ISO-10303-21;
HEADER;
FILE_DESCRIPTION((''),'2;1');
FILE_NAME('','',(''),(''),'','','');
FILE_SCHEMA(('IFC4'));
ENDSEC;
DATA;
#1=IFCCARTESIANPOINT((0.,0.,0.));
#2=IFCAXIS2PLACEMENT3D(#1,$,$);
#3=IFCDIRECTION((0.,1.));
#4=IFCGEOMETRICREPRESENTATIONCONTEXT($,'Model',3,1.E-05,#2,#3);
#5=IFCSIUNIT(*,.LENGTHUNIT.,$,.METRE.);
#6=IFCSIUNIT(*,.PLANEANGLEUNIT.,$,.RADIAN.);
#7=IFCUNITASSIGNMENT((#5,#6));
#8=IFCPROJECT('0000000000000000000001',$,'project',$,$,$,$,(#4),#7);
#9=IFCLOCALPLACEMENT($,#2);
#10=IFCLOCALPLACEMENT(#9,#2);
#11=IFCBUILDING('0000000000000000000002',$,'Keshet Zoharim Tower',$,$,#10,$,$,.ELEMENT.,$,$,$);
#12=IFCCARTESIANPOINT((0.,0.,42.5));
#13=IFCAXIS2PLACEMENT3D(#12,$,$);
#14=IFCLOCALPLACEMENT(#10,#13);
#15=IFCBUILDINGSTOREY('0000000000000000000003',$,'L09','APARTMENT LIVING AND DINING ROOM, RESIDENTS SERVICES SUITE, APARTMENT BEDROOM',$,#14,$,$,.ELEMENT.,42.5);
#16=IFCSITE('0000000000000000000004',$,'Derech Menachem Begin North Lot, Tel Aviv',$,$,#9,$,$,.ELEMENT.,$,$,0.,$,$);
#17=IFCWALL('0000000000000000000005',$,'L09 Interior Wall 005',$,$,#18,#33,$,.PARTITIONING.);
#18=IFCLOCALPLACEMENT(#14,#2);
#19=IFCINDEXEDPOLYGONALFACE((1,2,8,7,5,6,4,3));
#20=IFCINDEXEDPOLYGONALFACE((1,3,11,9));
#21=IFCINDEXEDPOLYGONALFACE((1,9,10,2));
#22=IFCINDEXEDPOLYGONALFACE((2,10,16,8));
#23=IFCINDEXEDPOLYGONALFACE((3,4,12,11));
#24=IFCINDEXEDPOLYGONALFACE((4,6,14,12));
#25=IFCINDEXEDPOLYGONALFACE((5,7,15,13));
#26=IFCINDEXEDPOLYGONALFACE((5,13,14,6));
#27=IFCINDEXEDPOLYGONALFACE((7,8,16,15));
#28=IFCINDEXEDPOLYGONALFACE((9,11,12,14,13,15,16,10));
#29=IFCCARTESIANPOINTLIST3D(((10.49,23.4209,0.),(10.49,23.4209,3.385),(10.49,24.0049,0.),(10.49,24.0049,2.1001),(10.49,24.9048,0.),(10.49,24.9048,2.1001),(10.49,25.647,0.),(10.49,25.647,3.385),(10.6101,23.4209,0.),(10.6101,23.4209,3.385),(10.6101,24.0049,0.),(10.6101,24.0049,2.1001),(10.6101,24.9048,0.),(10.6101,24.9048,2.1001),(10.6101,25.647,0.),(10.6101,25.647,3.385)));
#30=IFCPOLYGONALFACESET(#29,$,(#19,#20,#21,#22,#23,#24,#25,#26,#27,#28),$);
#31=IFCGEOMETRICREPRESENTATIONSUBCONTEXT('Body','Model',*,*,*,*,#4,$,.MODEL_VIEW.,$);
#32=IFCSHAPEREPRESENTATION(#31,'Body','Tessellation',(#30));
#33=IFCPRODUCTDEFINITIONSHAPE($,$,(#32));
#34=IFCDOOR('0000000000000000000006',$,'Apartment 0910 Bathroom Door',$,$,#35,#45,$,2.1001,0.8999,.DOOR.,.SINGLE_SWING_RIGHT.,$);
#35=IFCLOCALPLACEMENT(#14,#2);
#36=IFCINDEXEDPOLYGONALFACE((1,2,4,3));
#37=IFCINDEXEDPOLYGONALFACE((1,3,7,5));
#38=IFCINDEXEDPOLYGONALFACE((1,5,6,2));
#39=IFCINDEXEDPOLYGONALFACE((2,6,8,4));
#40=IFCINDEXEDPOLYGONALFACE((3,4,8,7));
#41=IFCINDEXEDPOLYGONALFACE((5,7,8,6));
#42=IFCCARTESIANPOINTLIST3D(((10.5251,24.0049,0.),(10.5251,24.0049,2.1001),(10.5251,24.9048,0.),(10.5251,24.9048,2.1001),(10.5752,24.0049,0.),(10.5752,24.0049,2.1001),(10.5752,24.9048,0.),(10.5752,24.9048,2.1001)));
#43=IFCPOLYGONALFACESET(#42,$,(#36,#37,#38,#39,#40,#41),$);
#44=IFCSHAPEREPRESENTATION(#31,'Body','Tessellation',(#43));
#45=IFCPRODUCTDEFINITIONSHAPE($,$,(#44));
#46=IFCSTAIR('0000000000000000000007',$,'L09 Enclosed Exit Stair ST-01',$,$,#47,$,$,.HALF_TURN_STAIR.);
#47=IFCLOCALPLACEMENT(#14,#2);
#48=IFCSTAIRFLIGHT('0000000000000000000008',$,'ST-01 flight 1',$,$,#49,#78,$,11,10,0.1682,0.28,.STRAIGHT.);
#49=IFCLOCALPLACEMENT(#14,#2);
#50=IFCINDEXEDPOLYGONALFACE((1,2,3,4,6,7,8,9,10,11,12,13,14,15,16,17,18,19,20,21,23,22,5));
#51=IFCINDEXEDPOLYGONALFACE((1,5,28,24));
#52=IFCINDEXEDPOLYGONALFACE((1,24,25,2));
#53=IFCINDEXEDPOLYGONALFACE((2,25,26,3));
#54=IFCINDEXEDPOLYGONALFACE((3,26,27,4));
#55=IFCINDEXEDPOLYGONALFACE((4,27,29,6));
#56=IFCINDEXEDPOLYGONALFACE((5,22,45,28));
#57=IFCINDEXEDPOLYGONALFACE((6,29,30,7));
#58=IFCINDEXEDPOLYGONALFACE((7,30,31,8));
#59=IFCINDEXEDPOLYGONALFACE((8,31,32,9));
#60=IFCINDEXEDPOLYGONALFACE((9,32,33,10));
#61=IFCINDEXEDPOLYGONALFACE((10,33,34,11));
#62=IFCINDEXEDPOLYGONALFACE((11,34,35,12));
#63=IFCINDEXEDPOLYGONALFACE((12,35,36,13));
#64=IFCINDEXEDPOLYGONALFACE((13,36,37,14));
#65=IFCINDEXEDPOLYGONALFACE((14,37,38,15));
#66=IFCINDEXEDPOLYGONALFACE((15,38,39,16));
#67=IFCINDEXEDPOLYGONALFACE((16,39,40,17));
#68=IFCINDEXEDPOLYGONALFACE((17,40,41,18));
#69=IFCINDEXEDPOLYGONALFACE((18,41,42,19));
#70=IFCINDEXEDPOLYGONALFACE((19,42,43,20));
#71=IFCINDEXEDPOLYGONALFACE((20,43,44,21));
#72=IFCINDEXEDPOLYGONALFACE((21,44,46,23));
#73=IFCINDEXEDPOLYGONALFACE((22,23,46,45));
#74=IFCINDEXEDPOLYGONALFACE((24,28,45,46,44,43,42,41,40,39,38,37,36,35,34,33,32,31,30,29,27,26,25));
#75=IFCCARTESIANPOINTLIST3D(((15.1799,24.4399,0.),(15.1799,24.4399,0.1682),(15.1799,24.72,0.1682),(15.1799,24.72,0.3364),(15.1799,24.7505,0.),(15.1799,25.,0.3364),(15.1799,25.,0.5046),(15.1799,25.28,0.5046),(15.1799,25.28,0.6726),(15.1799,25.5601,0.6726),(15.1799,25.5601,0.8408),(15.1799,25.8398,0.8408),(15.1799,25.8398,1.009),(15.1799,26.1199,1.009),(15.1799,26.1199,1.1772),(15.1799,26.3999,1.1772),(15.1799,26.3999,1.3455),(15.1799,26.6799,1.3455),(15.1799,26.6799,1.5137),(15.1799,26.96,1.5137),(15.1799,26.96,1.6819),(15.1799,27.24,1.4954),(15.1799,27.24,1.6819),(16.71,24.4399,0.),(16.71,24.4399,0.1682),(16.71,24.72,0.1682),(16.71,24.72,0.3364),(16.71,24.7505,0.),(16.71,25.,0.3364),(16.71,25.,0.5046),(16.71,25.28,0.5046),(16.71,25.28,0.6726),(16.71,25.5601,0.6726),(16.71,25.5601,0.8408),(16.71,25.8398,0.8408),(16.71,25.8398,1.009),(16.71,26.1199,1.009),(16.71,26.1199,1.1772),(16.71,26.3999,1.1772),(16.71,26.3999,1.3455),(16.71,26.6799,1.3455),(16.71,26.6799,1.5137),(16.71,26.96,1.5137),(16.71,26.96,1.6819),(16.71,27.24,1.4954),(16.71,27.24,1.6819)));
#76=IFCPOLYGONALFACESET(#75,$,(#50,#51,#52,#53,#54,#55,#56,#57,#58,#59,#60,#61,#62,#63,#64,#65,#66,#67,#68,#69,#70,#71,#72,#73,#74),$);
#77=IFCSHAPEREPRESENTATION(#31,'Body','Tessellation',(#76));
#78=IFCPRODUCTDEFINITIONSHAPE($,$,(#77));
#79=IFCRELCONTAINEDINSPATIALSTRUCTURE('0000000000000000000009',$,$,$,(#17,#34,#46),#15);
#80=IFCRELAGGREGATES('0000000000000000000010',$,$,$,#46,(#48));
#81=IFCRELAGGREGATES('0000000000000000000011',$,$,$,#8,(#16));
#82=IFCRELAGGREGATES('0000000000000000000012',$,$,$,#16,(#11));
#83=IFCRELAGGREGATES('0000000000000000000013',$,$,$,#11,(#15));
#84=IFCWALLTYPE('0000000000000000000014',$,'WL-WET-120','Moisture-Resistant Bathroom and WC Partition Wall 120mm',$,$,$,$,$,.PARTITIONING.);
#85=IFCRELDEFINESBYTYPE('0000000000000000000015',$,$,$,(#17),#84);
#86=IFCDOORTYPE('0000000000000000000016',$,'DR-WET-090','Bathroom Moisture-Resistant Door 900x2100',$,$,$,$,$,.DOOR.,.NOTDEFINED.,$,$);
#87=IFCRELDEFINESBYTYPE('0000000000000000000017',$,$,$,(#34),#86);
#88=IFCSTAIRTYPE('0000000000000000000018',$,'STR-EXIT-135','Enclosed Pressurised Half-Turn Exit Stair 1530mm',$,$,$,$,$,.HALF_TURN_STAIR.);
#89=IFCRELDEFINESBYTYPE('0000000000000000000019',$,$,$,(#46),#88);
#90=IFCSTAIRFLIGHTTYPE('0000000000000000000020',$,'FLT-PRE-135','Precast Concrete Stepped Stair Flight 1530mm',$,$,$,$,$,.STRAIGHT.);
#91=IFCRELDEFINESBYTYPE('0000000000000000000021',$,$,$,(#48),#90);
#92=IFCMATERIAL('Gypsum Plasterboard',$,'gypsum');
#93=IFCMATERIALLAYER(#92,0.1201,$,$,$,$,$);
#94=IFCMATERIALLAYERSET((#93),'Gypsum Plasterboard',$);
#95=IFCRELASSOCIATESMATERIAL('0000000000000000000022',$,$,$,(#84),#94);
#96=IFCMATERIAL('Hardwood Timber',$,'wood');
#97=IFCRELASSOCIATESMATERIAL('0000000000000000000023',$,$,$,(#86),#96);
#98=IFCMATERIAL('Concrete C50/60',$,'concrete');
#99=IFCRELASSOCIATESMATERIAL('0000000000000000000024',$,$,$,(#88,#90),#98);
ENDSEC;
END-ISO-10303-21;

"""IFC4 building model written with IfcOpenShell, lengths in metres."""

from ifc_helpers import new_model, si_unit, direction, frame, frame_2d, origin, place, context, subcontext, project, spatial, polyline, rectangle, outline, extrude, material, layer, layer_set, type_object, element, fill, aggregate, save


model = new_model("IFC4")

# Units and contexts
model_context = context("Model", 3, precision=1e-05, world=origin(), true_north=direction((0.0, 1.0)))
body_context = subcontext(model_context, "Body", "Model", "MODEL_VIEW")
ifc_project = project(units=[si_unit("LENGTHUNIT", "METRE"), si_unit("PLANEANGLEUNIT", "RADIAN")], contexts=[model_context])

# Site, building, storey
site_placement = place(None, origin())
site = spatial("IfcSite", under=ifc_project, at=site_placement, Name="Derech Menachem Begin North Lot, Tel Aviv", CompositionType="ELEMENT", RefElevation=0.0)
building_placement = place(site_placement, origin())
building = spatial("IfcBuilding", under=site, at=building_placement, Name="Keshet Zoharim Tower", CompositionType="ELEMENT")
storey_placement = place(building_placement, frame((0.0, 0.0, 42.5)))
storey = spatial("IfcBuildingStorey", under=building, at=storey_placement, Name="L09", Description="APARTMENT LIVING AND DINING ROOM, RESIDENTS SERVICES SUITE, APARTMENT BEDROOM", CompositionType="ELEMENT", Elevation=42.5)

# Shared definitions
ifc_material_1 = material(Name="Hardwood Timber", Category="wood")

# Shared definitions
ifc_material_2 = material(Name="Gypsum Plasterboard", Category="gypsum")

# Shared definitions
ifc_material_3 = material(Name="Concrete C50/60", Category="concrete")

# Wall, opening, door
ifc_layer_1 = layer(ifc_material_2, 0.1201)
ifc_layer_set_1 = layer_set([ifc_layer_1], Name="Gypsum Plasterboard")
wall_type_1 = type_object("IfcWallType", Name="WL-WET-120", Description="Moisture-Resistant Bathroom and WC Partition Wall 120mm", PredefinedType="PARTITIONING", material=ifc_layer_set_1)
wall_1_placement = place(storey_placement, frame((10.55, 23.4209, 0.0), z_axis=(0.0, 0.0, 1.0), x_axis=(0.0, 1.0, 0.0)))
wall_1 = element("IfcWall", 1, at=wall_1_placement, inside=storey, type_object=wall_type_1, Name="L09 Interior Wall 005", PredefinedType="PARTITIONING", context=body_context, shape_type="SweptSolid", body=[
    extrude(rectangle(XDim=2.2261, YDim=0.1201, at=frame_2d((1.113, 0.0))), origin(), (0.0, 0.0, 1.0), 3.385),
])
opening_1_placement = place(wall_1_placement, frame((0.584, 0.0, 0.0)))
opening_1 = element("IfcOpeningElement", 2, at=opening_1_placement, cuts=wall_1, PredefinedType="OPENING", context=body_context, shape_type="SweptSolid", body=[
    extrude(rectangle(XDim=0.8999, YDim=2.1001, at=frame_2d((0.45, 1.05))), frame((0.0, 0.0701, 0.0), z_axis=(0.0, -1.0, 0.0), x_axis=(1.0, 0.0, 0.0)), (0.0, 0.0, 1.0), 0.1401),
])
door_type_1 = type_object("IfcDoorType", Name="DR-WET-090", Description="Bathroom Moisture-Resistant Door 900x2100", OperationType="NOTDEFINED", PredefinedType="DOOR", material=ifc_material_1)
door_1_placement = place(opening_1_placement, origin())
door_1 = element("IfcDoor", 3, at=door_1_placement, inside=storey, type_object=door_type_1, Name="Apartment 0910 Bathroom Door", OperationType="SINGLE_SWING_RIGHT", OverallHeight=2.1001, OverallWidth=0.8999, PredefinedType="DOOR", context=body_context, shape_type="SweptSolid", body=[
    extrude(rectangle(XDim=0.8999, YDim=2.1001, at=frame_2d((0.45, 1.05))), frame((0.0, 0.0249, 0.0), z_axis=(0.0, -1.0, 0.0), x_axis=(1.0, 0.0, 0.0)), (0.0, 0.0, 1.0), 0.05),
])
fill(opening_1, door_1)

# Stair, stair flight
stair_type = type_object("IfcStairType", Name="STR-EXIT-135", Description="Enclosed Pressurised Half-Turn Exit Stair 1530mm", PredefinedType="HALF_TURN_STAIR", material=ifc_material_3)
stair_placement = place(storey_placement, origin())
stair = element("IfcStair", 4, at=stair_placement, inside=storey, type_object=stair_type, Name="L09 Enclosed Exit Stair ST-01", PredefinedType="HALF_TURN_STAIR")
stair_flight_type = type_object("IfcStairFlightType", Name="FLT-PRE-135", Description="Precast Concrete Stepped Stair Flight 1530mm", PredefinedType="STRAIGHT", material=ifc_material_3)
stair_flight_placement = place(storey_placement, frame((15.9451, 24.4399, 0.0), z_axis=(0.0, 0.0, 1.0), x_axis=(0.0, 1.0, 0.0)))
stair_flight = element("IfcStairFlight", 5, at=stair_flight_placement, type_object=stair_flight_type, Name="ST-01 flight 1", NumberOfRisers=11, NumberOfTreads=10, PredefinedType="STRAIGHT", RiserHeight=0.1682, TreadLength=0.28, context=body_context, shape_type="SweptSolid", body=[
    extrude(outline(polyline([(0.0, 0.0), (0.0, 0.1682), (0.28, 0.1682), (0.28, 0.3364), (0.5601, 0.3364), (0.5601, 0.5046), (0.8401, 0.5046), (0.8401, 0.6726), (1.1201, 0.6726), (1.1201, 0.8408), (1.3999, 0.8408), (1.3999, 1.009), (1.6799, 1.009), (1.6799, 1.1772), (1.96, 1.1772), (1.96, 1.3455), (2.24, 1.3455), (2.24, 1.5137), (2.52, 1.5137), (2.52, 1.6819), (2.8, 1.6819), (2.8, 1.8501), (2.8, 1.4954), (0.3105, 0.0), (0.0, 0.0)])), frame((0.0, 0.7651, 0.0), z_axis=(0.0, -1.0, 0.0), x_axis=(1.0, 0.0, 0.0)), (0.0, 0.0, 1.0), 1.53),
])
aggregate(stair, [stair_flight])

save(model, "model.ifc")
